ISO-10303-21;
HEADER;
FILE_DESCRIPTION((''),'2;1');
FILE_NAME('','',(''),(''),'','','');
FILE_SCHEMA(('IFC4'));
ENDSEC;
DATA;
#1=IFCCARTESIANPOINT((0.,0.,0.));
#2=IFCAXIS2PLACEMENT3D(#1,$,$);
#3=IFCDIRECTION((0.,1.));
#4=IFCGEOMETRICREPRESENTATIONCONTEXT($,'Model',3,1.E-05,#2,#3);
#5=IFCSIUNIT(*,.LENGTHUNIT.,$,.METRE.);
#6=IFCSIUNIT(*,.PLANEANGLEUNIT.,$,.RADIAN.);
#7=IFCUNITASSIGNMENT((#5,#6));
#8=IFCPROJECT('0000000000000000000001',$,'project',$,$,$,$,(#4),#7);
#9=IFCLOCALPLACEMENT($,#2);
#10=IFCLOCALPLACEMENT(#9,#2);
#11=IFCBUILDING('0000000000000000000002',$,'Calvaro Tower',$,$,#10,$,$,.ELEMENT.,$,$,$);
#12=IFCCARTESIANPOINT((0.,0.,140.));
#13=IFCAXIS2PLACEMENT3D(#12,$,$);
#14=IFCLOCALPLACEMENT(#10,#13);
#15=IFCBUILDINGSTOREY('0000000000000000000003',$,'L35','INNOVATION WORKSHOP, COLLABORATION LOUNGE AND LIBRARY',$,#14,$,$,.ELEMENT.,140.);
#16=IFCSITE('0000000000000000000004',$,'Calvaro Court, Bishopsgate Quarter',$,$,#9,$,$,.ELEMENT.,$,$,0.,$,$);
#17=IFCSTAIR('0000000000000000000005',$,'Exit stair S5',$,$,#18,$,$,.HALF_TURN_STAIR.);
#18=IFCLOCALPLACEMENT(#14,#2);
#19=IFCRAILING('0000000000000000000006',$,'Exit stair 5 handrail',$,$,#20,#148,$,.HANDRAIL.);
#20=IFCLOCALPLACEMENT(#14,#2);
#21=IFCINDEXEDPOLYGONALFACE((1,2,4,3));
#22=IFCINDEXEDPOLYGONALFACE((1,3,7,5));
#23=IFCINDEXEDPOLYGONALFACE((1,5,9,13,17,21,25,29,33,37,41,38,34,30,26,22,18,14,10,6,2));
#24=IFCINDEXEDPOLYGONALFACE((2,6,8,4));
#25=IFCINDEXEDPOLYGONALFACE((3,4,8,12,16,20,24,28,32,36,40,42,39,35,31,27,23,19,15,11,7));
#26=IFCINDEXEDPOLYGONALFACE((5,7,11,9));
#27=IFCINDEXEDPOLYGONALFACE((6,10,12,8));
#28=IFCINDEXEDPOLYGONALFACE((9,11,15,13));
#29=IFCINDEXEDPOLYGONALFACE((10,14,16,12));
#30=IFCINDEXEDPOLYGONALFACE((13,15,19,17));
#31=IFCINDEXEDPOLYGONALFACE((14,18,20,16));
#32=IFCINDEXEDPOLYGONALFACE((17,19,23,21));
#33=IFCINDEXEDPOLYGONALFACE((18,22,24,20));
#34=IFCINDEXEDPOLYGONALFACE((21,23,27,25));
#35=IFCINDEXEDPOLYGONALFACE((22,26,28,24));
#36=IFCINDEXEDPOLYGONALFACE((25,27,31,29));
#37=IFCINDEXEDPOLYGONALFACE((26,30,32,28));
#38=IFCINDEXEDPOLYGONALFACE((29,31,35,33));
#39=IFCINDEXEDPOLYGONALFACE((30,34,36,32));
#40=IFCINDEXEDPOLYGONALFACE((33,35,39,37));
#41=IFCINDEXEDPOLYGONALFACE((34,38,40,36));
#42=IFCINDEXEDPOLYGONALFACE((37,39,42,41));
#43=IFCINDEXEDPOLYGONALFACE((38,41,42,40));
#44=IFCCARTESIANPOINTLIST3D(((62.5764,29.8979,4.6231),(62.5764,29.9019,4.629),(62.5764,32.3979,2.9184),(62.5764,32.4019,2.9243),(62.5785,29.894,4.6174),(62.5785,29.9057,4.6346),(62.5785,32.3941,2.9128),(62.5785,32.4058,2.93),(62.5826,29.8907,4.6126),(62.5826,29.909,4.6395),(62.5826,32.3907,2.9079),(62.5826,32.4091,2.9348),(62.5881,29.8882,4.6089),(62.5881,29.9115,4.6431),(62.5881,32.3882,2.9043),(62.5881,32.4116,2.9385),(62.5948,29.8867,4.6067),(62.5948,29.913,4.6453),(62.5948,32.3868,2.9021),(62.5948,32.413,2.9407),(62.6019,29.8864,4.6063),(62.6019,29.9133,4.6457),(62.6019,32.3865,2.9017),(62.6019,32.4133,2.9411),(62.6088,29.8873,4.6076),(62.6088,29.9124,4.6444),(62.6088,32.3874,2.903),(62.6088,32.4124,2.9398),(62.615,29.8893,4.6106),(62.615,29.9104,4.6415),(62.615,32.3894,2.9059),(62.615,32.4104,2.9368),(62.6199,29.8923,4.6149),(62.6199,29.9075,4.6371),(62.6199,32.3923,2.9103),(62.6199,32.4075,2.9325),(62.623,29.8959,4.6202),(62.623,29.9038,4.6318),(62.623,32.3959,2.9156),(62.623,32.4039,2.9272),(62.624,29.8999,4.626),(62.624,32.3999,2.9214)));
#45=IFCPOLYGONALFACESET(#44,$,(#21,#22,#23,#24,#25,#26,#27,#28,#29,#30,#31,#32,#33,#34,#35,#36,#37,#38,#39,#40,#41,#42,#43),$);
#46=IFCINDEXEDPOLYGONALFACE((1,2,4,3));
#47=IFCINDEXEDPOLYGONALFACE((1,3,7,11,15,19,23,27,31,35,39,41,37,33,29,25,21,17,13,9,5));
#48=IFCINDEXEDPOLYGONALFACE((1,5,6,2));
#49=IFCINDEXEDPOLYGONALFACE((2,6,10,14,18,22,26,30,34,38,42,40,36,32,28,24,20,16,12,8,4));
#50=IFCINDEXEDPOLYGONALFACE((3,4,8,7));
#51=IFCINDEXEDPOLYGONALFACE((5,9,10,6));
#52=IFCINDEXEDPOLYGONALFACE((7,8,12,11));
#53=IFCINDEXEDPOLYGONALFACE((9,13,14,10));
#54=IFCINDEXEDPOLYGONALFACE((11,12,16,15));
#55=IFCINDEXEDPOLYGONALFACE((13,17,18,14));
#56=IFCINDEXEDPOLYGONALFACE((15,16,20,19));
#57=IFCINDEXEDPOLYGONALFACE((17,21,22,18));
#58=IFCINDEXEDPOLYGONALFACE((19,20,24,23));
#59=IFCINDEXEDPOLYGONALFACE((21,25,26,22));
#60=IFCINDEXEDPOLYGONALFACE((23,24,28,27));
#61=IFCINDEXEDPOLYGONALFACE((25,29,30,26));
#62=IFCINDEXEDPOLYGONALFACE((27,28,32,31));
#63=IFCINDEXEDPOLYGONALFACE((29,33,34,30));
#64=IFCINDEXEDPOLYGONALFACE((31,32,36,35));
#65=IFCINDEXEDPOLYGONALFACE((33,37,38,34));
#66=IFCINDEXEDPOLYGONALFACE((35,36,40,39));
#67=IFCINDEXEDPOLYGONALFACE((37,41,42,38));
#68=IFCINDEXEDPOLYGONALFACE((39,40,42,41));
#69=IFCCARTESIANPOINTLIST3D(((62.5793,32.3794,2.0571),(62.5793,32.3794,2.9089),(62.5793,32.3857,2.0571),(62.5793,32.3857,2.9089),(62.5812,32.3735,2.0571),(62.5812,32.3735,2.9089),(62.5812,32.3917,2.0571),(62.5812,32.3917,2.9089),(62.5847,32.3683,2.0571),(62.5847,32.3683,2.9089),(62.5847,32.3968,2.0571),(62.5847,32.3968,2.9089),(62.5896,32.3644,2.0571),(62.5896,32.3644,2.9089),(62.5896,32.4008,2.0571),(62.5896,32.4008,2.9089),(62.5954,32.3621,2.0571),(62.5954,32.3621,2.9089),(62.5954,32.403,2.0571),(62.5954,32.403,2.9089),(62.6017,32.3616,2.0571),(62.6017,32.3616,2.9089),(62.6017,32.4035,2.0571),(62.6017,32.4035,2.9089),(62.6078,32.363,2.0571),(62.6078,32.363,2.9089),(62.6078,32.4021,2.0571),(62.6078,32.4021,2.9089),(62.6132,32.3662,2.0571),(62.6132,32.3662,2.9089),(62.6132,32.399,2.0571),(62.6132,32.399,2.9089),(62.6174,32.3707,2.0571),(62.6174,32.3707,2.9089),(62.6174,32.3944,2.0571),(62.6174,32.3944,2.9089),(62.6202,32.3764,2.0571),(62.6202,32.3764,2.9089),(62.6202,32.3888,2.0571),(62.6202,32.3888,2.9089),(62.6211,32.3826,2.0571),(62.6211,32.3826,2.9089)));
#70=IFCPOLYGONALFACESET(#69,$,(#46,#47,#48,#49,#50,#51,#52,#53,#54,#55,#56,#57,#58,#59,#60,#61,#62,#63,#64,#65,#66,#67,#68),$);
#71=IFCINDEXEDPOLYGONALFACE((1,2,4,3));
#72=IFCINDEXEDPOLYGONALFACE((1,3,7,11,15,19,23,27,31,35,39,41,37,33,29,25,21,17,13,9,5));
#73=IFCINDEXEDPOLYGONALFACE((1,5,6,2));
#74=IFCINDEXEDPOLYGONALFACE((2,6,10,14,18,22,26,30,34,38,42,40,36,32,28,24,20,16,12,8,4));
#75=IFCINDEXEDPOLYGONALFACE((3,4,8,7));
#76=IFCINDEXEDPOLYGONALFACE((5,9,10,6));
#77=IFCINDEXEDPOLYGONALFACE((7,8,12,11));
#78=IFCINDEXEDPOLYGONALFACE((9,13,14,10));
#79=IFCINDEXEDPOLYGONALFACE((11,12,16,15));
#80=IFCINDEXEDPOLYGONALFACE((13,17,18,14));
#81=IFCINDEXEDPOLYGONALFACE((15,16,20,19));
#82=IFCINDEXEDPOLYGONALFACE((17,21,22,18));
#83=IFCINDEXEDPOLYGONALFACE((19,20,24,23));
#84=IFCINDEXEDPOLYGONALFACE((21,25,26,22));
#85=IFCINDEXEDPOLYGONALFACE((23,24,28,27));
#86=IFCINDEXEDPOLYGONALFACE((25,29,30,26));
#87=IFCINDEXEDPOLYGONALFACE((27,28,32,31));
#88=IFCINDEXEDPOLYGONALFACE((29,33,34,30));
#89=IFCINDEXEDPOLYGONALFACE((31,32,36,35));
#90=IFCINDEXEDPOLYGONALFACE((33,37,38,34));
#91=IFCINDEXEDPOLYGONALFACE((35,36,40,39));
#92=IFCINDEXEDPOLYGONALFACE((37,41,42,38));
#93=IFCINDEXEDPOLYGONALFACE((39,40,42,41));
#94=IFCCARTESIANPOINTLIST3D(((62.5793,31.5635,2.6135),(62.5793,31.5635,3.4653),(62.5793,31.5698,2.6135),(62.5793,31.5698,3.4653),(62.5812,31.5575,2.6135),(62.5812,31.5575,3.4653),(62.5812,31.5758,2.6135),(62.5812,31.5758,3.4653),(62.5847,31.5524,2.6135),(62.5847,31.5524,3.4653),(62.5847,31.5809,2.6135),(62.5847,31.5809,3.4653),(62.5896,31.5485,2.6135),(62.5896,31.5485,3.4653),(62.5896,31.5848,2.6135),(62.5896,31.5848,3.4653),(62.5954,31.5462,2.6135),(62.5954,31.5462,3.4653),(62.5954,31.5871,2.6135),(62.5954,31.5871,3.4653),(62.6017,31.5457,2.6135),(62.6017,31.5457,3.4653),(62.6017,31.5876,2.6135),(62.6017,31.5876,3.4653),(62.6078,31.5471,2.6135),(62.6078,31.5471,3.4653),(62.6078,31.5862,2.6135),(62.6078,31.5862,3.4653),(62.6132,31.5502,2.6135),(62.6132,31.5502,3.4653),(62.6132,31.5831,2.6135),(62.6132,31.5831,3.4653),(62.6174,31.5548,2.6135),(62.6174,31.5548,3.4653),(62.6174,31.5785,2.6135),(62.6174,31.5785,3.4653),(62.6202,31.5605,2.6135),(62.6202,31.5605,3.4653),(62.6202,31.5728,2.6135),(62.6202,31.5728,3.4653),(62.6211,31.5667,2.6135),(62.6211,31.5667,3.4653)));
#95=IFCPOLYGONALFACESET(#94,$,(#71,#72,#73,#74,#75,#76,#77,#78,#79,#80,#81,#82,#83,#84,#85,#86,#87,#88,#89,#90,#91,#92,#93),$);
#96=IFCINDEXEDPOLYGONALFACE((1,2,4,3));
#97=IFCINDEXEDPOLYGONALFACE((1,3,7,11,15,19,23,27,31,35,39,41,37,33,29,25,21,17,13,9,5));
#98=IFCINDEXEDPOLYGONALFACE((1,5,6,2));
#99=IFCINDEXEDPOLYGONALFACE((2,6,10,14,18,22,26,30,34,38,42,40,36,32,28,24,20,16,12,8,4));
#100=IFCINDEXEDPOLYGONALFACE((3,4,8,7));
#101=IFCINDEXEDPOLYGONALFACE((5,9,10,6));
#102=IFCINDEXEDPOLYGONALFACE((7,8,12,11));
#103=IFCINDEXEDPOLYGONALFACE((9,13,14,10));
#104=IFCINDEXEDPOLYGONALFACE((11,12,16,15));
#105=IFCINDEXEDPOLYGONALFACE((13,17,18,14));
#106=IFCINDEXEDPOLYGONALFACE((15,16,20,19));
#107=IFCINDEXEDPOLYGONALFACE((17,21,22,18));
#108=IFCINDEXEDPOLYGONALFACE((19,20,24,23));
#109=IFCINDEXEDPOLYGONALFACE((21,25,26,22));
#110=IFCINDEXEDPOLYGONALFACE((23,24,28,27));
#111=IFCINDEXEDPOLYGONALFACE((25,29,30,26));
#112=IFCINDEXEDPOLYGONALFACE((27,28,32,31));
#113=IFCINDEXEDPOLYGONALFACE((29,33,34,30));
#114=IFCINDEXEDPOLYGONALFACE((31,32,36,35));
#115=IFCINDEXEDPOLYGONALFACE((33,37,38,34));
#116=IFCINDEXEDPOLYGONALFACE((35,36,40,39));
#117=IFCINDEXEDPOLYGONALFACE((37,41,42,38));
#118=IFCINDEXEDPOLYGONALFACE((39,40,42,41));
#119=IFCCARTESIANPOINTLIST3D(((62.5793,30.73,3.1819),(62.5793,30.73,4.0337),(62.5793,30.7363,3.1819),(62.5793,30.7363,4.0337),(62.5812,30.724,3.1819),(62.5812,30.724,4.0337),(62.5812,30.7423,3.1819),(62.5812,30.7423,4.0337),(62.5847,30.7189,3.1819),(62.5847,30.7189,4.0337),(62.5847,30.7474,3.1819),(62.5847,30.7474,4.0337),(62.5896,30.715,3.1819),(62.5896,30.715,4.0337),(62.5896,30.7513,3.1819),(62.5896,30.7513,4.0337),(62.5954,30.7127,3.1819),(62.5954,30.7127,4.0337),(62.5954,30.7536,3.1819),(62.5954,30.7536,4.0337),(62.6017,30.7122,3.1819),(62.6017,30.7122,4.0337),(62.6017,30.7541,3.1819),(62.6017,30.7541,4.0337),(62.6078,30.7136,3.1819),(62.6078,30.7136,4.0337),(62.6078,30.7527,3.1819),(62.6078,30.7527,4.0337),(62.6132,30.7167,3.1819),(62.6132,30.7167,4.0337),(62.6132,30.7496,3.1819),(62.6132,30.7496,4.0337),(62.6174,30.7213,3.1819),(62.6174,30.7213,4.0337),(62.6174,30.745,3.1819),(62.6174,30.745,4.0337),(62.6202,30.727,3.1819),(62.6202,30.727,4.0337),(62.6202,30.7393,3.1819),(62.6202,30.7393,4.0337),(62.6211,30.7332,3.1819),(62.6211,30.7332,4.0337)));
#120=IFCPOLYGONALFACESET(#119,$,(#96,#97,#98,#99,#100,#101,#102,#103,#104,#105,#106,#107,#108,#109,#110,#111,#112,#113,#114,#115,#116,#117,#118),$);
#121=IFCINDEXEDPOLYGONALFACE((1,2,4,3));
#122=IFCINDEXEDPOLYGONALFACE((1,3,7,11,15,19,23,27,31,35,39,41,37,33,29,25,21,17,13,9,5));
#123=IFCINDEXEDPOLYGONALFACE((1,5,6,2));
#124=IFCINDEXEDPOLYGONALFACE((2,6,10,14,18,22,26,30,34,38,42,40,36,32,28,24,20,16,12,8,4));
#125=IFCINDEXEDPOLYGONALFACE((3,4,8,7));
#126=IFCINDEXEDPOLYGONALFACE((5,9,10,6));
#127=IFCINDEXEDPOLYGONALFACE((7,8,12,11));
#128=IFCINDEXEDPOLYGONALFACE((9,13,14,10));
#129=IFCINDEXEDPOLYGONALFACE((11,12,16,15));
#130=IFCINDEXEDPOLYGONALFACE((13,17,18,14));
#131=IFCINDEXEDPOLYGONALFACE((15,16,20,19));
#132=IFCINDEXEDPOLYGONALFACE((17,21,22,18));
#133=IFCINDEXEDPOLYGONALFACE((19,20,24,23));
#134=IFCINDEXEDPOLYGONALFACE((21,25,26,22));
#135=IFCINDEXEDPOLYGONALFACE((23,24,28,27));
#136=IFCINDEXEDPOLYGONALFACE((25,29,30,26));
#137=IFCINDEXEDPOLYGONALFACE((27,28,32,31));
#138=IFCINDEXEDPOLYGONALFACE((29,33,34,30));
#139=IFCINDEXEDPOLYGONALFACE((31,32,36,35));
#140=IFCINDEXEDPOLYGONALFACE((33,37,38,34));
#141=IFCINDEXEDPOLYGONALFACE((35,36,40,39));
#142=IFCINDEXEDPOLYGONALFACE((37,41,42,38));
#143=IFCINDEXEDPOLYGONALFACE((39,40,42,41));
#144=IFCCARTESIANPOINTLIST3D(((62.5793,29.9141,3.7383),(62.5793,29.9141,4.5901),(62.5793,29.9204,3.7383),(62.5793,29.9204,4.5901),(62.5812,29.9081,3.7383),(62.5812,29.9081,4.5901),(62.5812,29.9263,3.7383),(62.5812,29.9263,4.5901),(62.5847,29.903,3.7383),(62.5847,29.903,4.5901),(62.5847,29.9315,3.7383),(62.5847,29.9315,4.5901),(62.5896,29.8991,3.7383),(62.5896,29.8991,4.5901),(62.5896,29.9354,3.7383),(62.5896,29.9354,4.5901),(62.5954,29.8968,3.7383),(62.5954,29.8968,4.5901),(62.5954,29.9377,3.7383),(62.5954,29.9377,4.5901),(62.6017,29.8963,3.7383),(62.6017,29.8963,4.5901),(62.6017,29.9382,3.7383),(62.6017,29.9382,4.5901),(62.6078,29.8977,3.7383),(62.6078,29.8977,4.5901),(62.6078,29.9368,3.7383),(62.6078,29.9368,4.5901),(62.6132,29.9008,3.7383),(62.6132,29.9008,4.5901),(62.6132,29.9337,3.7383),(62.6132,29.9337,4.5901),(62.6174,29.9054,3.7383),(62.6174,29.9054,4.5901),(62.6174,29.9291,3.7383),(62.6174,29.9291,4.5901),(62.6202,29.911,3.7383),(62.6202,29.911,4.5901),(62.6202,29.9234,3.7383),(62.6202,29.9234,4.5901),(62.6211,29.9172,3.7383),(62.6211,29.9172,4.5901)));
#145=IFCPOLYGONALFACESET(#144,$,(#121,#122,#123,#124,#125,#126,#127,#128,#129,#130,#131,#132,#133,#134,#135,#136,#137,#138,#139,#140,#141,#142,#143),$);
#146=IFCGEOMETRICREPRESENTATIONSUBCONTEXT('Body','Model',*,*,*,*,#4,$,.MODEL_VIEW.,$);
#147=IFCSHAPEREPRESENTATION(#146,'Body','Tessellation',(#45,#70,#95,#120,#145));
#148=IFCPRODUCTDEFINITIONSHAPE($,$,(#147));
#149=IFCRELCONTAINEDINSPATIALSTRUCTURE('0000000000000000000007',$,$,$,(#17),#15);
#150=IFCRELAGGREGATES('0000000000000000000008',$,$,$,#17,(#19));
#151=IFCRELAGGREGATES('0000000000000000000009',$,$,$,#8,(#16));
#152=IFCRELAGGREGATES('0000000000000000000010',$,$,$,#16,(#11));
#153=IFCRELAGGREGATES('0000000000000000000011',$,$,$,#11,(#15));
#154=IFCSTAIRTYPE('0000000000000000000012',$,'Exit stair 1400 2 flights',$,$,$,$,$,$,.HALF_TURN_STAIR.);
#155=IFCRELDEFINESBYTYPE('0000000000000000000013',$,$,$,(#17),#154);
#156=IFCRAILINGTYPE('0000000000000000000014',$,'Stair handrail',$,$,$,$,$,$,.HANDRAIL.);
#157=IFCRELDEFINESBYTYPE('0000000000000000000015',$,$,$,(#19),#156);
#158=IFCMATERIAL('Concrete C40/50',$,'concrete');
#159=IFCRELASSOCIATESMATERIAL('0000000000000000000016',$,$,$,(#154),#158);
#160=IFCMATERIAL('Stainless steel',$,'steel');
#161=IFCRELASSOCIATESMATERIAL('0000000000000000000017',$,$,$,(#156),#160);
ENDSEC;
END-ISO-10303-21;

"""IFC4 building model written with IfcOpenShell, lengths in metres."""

from ifc_helpers import new_model, si_unit, direction, frame, origin, origin_2d, place, context, subcontext, project, spatial, circle, extrude, material, type_object, element, aggregate, save


model = new_model("IFC4")

# Units and contexts
model_context = context("Model", 3, precision=1e-05, world=origin(), true_north=direction((0.0, 1.0)))
body_context = subcontext(model_context, "Body", "Model", "MODEL_VIEW")
ifc_project = project(units=[si_unit("LENGTHUNIT", "METRE"), si_unit("PLANEANGLEUNIT", "RADIAN")], contexts=[model_context])

# Site, building, storey
site_placement = place(None, origin())
site = spatial("IfcSite", under=ifc_project, at=site_placement, Name="Calvaro Court, Bishopsgate Quarter", CompositionType="ELEMENT", RefElevation=0.0)
building_placement = place(site_placement, origin())
building = spatial("IfcBuilding", under=site, at=building_placement, Name="Calvaro Tower", CompositionType="ELEMENT")
storey_placement = place(building_placement, frame((0.0, 0.0, 140.0)))
storey = spatial("IfcBuildingStorey", under=building, at=storey_placement, Name="L35", Description="INNOVATION WORKSHOP, COLLABORATION LOUNGE AND LIBRARY", CompositionType="ELEMENT", Elevation=140.0)

# Stair
ifc_material_1 = material(Name="Concrete C40/50", Category="concrete")
stair_type = type_object("IfcStairType", Name="Exit stair 1400 2 flights", PredefinedType="HALF_TURN_STAIR", material=ifc_material_1)
stair_1_placement = place(storey_placement, origin())
stair_1 = element("IfcStair", 1, at=stair_1_placement, inside=storey, type_object=stair_type, Name="Exit stair S5", PredefinedType="HALF_TURN_STAIR")

# Shared definitions
ifc_material_2 = material(Name="Stainless steel", Category="steel")
railing_type = type_object("IfcRailingType", Name="Stair handrail", PredefinedType="HANDRAIL", material=ifc_material_2)

# Railing
railing_1_placement = place(storey_placement, frame((62.6001, 32.3999, 2.0454)))
railing_1 = element("IfcRailing", 2, at=railing_1_placement, type_object=railing_type, Name="Exit stair 5 handrail", PredefinedType="HANDRAIL", context=body_context, shape_type="SweptSolid", body=[
    extrude(circle(Radius=0.0239, at=origin_2d()), frame((0.0, 0.0, 0.876), z_axis=(0.0, -0.826221, 0.563347), x_axis=(1.0, 0.0, 0.0)), (0.0, 0.0, 1.0), 3.0259),
    extrude(circle(Radius=0.021, at=origin_2d()), frame((0.0, -0.0173, 0.0117)), (0.0, 0.0, 1.0), 0.8518),
    extrude(circle(Radius=0.021, at=origin_2d()), frame((0.0, -0.8333, 0.5681)), (0.0, 0.0, 1.0), 0.8518),
    extrude(circle(Radius=0.021, at=origin_2d()), frame((0.0, -1.6667, 1.1365)), (0.0, 0.0, 1.0), 0.8518),
    extrude(circle(Radius=0.021, at=origin_2d()), frame((0.0, -2.4827, 1.6929)), (0.0, 0.0, 1.0), 0.8518),
])
aggregate(stair_1, [railing_1])

save(model, "model.ifc")
